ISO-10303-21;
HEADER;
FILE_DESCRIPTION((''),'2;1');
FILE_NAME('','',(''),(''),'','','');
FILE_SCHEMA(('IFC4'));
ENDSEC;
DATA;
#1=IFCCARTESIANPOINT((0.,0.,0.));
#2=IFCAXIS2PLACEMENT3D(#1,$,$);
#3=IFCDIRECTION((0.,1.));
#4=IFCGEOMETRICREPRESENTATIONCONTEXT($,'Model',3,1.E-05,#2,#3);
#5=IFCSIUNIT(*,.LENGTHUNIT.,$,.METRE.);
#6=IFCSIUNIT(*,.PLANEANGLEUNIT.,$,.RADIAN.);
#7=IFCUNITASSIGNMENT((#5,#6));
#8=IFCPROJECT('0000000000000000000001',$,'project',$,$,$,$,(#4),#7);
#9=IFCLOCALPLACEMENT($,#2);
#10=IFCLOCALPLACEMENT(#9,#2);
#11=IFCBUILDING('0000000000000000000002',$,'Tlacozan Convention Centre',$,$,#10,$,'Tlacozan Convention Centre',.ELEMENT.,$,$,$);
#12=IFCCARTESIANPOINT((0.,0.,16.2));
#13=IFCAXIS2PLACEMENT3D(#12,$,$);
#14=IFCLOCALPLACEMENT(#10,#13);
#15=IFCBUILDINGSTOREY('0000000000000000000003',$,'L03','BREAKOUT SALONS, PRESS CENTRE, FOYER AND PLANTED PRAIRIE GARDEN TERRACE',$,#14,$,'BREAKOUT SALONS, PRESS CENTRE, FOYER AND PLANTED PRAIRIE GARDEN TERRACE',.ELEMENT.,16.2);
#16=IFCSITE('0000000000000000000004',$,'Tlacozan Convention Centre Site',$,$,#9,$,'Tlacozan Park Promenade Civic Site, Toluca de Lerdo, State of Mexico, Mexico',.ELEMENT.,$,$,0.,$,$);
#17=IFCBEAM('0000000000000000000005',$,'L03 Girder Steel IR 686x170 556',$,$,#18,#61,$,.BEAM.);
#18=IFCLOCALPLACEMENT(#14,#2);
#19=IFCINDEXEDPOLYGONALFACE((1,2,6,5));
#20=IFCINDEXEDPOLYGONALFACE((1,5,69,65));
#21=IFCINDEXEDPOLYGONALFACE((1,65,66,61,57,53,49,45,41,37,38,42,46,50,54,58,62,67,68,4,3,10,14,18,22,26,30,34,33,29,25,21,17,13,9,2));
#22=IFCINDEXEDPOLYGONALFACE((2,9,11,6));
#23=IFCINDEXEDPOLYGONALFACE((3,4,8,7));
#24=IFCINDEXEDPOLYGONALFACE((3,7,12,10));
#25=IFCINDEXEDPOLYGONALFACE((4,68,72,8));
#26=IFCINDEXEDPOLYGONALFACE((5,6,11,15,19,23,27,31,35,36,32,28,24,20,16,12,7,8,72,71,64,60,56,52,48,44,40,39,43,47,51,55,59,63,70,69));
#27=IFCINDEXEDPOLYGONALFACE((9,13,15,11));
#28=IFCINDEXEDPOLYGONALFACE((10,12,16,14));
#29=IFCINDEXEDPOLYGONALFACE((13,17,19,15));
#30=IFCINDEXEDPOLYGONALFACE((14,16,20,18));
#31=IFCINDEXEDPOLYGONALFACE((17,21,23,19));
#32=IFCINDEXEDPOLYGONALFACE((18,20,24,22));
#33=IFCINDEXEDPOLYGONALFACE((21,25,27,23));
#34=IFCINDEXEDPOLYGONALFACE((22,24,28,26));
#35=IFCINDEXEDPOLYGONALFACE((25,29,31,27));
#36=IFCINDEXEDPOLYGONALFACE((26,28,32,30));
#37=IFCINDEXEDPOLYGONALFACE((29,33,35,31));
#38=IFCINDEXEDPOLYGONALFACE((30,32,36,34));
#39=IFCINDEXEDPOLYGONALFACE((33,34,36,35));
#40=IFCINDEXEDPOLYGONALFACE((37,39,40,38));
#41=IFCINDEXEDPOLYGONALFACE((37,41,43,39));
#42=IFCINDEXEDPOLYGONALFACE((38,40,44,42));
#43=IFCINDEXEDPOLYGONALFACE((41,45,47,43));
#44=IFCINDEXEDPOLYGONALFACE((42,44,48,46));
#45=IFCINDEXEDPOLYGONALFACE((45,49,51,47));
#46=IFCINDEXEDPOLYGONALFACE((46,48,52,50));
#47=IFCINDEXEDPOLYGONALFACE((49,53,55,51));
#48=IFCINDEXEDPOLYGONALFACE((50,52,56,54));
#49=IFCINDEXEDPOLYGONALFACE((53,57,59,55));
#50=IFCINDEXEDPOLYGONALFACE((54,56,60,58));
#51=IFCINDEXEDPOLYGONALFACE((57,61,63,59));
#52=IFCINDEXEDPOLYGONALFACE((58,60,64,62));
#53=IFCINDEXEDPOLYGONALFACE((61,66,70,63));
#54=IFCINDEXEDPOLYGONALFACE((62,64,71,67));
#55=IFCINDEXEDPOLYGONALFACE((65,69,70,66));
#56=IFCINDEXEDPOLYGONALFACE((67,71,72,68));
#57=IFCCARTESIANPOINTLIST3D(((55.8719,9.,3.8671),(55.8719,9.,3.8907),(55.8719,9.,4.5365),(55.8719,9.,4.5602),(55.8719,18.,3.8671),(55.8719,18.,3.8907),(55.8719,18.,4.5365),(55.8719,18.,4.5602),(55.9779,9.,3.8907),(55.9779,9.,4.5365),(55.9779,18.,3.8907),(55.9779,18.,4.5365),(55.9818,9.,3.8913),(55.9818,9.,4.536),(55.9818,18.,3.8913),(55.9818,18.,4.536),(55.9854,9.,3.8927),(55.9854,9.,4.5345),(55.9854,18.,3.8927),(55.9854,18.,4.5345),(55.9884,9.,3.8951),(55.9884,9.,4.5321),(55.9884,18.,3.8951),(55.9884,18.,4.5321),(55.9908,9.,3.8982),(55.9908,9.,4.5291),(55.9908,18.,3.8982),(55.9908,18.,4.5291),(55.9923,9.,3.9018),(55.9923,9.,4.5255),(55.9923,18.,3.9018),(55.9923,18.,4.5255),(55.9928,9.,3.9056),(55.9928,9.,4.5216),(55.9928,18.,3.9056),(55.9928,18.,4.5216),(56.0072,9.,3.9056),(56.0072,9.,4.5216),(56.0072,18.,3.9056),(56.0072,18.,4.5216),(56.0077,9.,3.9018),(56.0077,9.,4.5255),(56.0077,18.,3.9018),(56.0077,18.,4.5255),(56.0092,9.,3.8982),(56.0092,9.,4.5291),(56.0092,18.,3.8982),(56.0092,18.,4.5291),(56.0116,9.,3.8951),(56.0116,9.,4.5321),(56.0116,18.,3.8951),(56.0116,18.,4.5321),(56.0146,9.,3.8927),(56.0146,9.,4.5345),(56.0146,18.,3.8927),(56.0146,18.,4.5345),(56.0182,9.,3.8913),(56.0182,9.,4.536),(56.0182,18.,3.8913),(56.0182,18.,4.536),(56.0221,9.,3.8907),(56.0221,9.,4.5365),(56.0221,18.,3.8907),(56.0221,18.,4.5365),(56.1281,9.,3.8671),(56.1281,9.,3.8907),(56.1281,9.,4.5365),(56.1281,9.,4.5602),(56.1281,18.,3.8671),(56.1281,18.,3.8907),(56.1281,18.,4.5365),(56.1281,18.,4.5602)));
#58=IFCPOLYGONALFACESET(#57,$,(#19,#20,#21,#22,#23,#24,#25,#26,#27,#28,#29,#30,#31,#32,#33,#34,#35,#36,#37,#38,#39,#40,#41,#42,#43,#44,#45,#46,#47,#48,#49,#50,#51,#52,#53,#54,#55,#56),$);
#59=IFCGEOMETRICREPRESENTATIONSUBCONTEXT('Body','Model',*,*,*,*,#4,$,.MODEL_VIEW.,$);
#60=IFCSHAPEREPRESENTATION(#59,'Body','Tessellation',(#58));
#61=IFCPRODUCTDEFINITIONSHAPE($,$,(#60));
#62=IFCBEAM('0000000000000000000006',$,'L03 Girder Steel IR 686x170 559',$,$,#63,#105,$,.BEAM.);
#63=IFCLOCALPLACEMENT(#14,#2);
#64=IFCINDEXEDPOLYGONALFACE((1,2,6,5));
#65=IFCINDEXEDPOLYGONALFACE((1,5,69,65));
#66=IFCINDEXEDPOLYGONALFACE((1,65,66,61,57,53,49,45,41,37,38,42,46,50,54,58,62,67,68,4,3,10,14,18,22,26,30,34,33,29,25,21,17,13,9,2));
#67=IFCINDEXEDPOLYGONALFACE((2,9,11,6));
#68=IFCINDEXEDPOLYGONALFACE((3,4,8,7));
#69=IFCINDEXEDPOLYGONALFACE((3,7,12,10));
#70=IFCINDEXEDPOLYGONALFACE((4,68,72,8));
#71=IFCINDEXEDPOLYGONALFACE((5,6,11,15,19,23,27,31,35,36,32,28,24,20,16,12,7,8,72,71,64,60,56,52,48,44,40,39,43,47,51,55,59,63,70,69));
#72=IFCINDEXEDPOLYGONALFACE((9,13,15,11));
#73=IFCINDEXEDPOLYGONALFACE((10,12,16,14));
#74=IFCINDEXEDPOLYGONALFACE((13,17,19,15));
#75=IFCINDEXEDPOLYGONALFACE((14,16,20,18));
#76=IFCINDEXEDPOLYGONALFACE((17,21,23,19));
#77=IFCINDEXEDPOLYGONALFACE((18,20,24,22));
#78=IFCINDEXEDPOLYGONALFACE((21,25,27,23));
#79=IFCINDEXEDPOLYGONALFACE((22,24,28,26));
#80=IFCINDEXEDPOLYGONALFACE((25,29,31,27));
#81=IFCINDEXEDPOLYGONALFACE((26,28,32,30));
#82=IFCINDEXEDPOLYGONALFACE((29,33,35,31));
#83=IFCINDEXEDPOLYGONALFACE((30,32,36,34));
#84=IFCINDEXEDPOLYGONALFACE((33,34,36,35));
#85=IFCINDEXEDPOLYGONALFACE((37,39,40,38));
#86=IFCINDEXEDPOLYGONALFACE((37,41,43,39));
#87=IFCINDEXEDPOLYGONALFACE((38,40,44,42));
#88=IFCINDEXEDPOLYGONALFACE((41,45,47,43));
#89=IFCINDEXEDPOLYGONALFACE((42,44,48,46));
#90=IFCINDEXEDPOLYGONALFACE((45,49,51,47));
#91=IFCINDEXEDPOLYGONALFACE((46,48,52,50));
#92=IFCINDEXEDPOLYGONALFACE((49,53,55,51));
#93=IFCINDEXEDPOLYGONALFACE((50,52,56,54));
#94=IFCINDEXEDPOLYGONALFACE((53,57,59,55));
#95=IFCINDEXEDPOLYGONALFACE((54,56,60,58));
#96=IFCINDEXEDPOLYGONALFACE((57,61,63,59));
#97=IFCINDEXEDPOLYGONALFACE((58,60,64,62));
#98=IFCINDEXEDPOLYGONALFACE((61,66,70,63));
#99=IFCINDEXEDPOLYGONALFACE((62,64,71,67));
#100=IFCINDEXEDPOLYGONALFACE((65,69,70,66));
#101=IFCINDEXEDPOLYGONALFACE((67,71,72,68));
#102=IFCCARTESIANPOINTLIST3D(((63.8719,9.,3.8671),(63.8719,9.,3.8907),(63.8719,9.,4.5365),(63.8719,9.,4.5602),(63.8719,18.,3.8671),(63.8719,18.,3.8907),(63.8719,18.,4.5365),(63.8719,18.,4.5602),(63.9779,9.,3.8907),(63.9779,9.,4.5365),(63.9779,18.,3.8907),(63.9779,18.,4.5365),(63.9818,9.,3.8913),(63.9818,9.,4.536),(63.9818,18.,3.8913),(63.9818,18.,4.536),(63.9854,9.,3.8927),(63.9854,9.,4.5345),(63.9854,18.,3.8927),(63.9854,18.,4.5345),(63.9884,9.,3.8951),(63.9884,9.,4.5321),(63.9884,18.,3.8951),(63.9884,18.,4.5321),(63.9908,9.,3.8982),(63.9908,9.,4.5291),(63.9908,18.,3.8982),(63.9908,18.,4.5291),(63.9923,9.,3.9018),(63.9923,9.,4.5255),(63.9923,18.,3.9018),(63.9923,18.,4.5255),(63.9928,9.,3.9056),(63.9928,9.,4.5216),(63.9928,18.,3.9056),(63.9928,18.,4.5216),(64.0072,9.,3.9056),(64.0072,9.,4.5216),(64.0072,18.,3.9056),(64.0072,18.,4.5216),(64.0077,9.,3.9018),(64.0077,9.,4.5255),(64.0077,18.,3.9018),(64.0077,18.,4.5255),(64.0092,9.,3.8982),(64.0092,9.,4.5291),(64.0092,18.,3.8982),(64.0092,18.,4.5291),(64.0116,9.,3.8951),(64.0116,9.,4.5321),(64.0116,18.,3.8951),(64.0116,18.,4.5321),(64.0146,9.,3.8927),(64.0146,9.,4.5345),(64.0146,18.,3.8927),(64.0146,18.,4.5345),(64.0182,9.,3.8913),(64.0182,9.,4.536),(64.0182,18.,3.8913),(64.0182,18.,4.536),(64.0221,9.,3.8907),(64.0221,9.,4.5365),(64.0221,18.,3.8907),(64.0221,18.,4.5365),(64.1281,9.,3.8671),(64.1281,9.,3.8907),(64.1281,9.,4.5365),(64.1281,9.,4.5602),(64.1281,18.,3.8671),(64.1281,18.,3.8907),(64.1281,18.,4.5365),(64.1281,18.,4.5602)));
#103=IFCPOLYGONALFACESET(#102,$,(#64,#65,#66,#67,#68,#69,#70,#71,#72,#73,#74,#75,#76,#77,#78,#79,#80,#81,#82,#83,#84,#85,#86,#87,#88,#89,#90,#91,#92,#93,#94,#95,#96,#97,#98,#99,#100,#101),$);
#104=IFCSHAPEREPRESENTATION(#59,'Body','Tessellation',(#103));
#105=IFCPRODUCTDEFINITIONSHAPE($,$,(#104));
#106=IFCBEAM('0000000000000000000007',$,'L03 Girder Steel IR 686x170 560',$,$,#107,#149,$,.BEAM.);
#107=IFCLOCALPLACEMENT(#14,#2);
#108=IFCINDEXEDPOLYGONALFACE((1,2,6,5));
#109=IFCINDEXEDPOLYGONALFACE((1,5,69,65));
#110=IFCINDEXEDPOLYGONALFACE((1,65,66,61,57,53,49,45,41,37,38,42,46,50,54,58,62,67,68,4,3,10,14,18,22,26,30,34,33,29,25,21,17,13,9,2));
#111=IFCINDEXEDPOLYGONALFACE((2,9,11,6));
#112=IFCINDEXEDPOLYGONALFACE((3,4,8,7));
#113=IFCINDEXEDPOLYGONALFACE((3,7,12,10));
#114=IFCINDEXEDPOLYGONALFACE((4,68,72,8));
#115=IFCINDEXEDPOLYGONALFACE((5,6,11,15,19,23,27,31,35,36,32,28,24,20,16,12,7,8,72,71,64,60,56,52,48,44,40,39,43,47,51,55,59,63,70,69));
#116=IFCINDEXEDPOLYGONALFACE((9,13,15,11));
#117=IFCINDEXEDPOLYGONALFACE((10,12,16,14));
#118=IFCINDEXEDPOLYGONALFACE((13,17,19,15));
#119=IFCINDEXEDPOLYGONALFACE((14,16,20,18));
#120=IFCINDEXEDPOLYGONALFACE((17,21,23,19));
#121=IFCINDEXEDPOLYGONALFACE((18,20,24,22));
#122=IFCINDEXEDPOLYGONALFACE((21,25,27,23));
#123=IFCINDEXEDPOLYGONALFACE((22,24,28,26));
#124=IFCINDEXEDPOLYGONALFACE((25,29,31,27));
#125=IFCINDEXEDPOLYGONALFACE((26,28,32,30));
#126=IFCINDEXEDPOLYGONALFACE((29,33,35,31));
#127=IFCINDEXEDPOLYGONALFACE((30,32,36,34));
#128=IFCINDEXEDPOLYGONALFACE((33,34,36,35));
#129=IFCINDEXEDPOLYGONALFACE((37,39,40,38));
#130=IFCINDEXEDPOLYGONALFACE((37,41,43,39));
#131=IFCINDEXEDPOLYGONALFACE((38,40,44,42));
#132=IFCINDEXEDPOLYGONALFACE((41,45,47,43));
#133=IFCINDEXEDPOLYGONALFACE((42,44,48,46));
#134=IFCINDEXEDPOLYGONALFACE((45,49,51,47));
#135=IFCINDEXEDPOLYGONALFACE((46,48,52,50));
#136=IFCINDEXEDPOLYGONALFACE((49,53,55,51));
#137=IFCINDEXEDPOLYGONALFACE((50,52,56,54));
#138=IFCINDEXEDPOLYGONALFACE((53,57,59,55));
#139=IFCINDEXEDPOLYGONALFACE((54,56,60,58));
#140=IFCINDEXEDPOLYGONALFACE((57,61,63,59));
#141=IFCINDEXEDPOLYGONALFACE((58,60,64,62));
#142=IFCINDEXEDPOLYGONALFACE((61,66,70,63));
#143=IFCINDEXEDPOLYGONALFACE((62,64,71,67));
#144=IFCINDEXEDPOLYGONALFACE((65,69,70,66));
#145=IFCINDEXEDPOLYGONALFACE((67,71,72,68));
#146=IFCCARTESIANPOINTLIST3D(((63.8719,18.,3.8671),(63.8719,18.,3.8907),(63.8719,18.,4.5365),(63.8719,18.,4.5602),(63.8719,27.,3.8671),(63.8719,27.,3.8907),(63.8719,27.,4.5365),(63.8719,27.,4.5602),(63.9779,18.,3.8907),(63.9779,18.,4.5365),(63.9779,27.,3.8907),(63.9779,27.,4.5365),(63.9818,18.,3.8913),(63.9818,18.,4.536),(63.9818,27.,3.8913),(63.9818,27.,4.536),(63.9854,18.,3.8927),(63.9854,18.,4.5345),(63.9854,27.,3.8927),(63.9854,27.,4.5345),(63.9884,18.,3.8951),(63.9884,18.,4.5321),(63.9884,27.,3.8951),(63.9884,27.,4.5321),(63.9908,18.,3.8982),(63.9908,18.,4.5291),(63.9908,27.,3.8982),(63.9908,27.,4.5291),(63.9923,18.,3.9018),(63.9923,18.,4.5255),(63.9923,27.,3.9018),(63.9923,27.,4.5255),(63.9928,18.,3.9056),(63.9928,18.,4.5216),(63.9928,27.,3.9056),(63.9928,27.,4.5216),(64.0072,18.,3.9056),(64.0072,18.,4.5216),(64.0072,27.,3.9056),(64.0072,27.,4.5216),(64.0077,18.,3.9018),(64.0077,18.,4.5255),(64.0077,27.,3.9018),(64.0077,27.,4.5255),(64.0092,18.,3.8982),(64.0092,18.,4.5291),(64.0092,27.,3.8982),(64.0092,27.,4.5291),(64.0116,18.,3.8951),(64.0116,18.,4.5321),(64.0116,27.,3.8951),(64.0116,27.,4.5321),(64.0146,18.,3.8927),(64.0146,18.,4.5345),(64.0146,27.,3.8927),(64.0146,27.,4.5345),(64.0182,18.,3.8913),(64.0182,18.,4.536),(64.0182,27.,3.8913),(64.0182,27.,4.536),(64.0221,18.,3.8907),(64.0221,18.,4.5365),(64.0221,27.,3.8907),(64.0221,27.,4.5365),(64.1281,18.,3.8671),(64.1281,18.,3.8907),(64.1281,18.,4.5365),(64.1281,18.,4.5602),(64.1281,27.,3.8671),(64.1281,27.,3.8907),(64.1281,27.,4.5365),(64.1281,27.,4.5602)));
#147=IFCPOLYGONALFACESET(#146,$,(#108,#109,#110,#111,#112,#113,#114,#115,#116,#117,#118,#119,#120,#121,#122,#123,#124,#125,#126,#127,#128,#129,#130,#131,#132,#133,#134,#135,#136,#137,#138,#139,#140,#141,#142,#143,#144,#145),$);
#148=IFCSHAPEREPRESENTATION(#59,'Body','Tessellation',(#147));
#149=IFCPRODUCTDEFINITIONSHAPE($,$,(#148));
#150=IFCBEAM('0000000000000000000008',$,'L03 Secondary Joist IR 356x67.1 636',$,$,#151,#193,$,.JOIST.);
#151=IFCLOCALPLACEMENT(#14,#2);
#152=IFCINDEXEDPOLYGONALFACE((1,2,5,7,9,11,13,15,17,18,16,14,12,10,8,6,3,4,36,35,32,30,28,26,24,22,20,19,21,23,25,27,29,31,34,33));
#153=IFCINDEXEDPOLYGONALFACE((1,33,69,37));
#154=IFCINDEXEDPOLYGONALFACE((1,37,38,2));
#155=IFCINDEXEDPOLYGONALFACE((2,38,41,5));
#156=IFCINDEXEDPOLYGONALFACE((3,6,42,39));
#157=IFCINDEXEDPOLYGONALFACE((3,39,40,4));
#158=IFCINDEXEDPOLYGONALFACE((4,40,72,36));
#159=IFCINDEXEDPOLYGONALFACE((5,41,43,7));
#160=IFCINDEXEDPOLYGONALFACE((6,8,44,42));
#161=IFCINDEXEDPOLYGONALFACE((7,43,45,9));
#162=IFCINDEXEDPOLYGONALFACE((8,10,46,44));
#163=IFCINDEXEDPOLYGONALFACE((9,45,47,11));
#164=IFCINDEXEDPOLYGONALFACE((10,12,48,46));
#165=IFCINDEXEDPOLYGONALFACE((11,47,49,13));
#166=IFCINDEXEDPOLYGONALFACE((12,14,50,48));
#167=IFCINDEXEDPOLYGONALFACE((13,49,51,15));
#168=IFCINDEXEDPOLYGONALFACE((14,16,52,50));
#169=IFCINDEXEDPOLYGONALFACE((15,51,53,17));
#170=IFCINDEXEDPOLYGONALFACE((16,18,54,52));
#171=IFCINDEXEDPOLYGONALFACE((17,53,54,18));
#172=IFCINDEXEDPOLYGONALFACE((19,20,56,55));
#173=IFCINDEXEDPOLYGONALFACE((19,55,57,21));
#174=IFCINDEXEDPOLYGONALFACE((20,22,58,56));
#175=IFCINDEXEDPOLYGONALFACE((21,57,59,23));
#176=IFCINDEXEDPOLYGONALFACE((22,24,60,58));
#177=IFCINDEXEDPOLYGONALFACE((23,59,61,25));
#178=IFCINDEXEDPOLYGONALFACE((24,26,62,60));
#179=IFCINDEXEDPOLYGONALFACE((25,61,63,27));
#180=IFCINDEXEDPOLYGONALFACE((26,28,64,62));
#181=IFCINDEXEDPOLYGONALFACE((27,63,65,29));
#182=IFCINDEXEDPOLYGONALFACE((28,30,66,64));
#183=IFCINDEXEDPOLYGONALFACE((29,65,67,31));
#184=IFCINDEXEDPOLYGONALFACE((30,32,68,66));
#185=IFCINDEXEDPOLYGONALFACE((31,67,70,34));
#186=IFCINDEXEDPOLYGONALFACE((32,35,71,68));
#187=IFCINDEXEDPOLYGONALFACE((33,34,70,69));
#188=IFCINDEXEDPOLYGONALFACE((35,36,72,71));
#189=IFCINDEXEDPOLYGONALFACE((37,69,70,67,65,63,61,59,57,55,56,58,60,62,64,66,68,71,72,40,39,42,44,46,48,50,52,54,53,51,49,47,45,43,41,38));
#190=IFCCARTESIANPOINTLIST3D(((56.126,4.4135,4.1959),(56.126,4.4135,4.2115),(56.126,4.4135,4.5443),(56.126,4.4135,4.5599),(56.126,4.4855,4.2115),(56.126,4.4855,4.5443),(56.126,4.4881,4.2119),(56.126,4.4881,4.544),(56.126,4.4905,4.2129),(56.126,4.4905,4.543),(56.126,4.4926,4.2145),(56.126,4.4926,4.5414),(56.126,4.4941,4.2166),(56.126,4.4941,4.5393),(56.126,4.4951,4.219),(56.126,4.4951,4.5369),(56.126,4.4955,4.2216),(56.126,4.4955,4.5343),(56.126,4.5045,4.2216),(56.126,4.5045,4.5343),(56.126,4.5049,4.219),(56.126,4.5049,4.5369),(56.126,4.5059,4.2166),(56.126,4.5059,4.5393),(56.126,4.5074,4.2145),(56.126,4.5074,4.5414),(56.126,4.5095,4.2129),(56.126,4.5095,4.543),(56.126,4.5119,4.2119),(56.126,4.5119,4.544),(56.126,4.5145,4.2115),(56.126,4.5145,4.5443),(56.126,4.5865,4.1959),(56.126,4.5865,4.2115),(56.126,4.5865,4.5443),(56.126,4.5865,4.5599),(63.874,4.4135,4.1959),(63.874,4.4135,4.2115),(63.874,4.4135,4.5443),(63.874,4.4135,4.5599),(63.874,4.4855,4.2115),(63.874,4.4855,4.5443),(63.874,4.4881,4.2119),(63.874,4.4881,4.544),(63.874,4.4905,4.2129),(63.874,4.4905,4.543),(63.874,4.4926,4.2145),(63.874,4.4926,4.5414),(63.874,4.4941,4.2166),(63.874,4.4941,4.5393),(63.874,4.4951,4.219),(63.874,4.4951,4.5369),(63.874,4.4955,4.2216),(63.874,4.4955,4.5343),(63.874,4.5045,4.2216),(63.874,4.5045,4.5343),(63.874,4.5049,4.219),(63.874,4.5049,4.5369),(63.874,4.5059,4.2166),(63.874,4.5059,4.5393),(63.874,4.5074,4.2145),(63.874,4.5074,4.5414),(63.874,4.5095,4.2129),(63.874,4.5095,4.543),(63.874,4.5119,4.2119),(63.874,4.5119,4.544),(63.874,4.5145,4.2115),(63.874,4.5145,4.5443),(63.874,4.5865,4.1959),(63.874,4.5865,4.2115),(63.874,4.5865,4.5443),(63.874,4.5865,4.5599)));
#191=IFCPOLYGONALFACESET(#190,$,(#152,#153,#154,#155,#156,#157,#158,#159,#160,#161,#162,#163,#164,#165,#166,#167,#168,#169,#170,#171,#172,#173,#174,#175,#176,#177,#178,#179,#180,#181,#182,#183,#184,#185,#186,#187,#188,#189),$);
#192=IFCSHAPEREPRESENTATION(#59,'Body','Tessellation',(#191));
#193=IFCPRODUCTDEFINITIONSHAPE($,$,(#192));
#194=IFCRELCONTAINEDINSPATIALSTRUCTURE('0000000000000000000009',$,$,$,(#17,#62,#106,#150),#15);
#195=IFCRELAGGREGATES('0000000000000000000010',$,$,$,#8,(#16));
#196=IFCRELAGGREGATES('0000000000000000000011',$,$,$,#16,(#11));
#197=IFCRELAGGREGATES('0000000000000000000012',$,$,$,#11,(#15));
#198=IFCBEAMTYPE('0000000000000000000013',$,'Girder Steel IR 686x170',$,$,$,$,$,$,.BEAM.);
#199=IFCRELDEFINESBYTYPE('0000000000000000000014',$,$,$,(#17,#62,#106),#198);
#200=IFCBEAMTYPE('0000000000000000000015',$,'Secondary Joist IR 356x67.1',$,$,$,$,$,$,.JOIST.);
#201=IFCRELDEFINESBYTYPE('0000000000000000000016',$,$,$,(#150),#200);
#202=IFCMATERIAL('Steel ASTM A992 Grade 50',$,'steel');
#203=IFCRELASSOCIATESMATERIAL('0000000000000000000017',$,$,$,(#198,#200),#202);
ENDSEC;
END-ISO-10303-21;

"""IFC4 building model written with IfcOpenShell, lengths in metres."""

from ifc_helpers import new_model, si_unit, direction, frame, origin, origin_2d, place, context, subcontext, project, spatial, i_section, extrude, material, material_profile, profile_set, type_object, element, save


model = new_model("IFC4")

# Units and contexts
model_context = context("Model", 3, precision=1e-05, world=origin(), true_north=direction((0.0, 1.0)))
body_context = subcontext(model_context, "Body", "Model", "MODEL_VIEW")
ifc_project = project(units=[si_unit("LENGTHUNIT", "METRE"), si_unit("PLANEANGLEUNIT", "RADIAN")], contexts=[model_context])

# Site, building, storey
site_placement = place(None, origin())
site = spatial("IfcSite", under=ifc_project, at=site_placement, Name="Tlacozan Convention Centre Site", LongName="Tlacozan Park Promenade Civic Site, Toluca de Lerdo, State of Mexico, Mexico", CompositionType="ELEMENT", RefElevation=0.0)
building_placement = place(site_placement, origin())
building = spatial("IfcBuilding", under=site, at=building_placement, Name="Tlacozan Convention Centre", LongName="Tlacozan Convention Centre", CompositionType="ELEMENT")
storey_placement = place(building_placement, frame((0.0, 0.0, 16.2)))
storey = spatial("IfcBuildingStorey", under=building, at=storey_placement, Name="L03", Description="BREAKOUT SALONS, PRESS CENTRE, FOYER AND PLANTED PRAIRIE GARDEN TERRACE", LongName="BREAKOUT SALONS, PRESS CENTRE, FOYER AND PLANTED PRAIRIE GARDEN TERRACE", CompositionType="ELEMENT", Elevation=16.2)

# Beams
ifc_material_1 = material(Name="Steel ASTM A992 Grade 50", Category="steel")
ifc_material_profile_1 = material_profile(ifc_material_1, i_section(OverallWidth=0.2561, OverallDepth=0.6931, WebThickness=0.0144, FlangeThickness=0.0237, FilletRadius=0.0149, at=origin_2d()), Name="IR 686x170.0")
ifc_profile_set_1 = profile_set([ifc_material_profile_1], Name="Steel ASTM A992 Grade 50")
beam_type_1 = type_object("IfcBeamType", Name="Girder Steel IR 686x170", PredefinedType="BEAM", material=ifc_profile_set_1)
for number, where, z_axis, x_axis, name in (
    (1, (56.0, 9.0, 4.2136), (0.0, 1.0, 0.0), (-1.0, 0.0, 0.0), "L03 Girder Steel IR 686x170 556"),
    (2, (64.0, 9.0, 4.2136), (0.0, 1.0, 0.0), (-1.0, 0.0, 0.0), "L03 Girder Steel IR 686x170 559"),
    (3, (64.0, 18.0, 4.2136), (0.0, 1.0, 0.0), (-1.0, 0.0, 0.0), "L03 Girder Steel IR 686x170 560"),
):
    element("IfcBeam", number, at=place(storey_placement, frame(where, z_axis=z_axis, x_axis=x_axis)), inside=storey, type_object=beam_type_1, Name=name, PredefinedType="BEAM", context=body_context, shape_type="SweptSolid", body=[
        extrude(i_section(OverallWidth=0.2561, OverallDepth=0.6931, WebThickness=0.0144, FlangeThickness=0.0237, FilletRadius=0.0149, at=origin_2d()), origin(), (0.0, 0.0, 1.0), 9.0),
    ])
ifc_material_profile_2 = material_profile(ifc_material_1, i_section(OverallWidth=0.1731, OverallDepth=0.364, WebThickness=0.009, FlangeThickness=0.0156, FilletRadius=0.01, at=origin_2d()), Name="IR 356x67.1")
ifc_profile_set_2 = profile_set([ifc_material_profile_2], Name="Steel ASTM A992 Grade 50")
beam_type_2 = type_object("IfcBeamType", Name="Secondary Joist IR 356x67.1", PredefinedType="JOIST", material=ifc_profile_set_2)
for number, where, z_axis, x_axis, name in (
    (4, (56.126, 4.5, 4.3779), (1.0, 0.0, 0.0), (0.0, 1.0, 0.0), "L03 Secondary Joist IR 356x67.1 636"),
):
    element("IfcBeam", number, at=place(storey_placement, frame(where, z_axis=z_axis, x_axis=x_axis)), inside=storey, type_object=beam_type_2, Name=name, PredefinedType="JOIST", context=body_context, shape_type="SweptSolid", body=[
        extrude(i_section(OverallWidth=0.1731, OverallDepth=0.364, WebThickness=0.009, FlangeThickness=0.0156, FilletRadius=0.01, at=origin_2d()), origin(), (0.0, 0.0, 1.0), 7.748),
    ])

save(model, "model.ifc")
